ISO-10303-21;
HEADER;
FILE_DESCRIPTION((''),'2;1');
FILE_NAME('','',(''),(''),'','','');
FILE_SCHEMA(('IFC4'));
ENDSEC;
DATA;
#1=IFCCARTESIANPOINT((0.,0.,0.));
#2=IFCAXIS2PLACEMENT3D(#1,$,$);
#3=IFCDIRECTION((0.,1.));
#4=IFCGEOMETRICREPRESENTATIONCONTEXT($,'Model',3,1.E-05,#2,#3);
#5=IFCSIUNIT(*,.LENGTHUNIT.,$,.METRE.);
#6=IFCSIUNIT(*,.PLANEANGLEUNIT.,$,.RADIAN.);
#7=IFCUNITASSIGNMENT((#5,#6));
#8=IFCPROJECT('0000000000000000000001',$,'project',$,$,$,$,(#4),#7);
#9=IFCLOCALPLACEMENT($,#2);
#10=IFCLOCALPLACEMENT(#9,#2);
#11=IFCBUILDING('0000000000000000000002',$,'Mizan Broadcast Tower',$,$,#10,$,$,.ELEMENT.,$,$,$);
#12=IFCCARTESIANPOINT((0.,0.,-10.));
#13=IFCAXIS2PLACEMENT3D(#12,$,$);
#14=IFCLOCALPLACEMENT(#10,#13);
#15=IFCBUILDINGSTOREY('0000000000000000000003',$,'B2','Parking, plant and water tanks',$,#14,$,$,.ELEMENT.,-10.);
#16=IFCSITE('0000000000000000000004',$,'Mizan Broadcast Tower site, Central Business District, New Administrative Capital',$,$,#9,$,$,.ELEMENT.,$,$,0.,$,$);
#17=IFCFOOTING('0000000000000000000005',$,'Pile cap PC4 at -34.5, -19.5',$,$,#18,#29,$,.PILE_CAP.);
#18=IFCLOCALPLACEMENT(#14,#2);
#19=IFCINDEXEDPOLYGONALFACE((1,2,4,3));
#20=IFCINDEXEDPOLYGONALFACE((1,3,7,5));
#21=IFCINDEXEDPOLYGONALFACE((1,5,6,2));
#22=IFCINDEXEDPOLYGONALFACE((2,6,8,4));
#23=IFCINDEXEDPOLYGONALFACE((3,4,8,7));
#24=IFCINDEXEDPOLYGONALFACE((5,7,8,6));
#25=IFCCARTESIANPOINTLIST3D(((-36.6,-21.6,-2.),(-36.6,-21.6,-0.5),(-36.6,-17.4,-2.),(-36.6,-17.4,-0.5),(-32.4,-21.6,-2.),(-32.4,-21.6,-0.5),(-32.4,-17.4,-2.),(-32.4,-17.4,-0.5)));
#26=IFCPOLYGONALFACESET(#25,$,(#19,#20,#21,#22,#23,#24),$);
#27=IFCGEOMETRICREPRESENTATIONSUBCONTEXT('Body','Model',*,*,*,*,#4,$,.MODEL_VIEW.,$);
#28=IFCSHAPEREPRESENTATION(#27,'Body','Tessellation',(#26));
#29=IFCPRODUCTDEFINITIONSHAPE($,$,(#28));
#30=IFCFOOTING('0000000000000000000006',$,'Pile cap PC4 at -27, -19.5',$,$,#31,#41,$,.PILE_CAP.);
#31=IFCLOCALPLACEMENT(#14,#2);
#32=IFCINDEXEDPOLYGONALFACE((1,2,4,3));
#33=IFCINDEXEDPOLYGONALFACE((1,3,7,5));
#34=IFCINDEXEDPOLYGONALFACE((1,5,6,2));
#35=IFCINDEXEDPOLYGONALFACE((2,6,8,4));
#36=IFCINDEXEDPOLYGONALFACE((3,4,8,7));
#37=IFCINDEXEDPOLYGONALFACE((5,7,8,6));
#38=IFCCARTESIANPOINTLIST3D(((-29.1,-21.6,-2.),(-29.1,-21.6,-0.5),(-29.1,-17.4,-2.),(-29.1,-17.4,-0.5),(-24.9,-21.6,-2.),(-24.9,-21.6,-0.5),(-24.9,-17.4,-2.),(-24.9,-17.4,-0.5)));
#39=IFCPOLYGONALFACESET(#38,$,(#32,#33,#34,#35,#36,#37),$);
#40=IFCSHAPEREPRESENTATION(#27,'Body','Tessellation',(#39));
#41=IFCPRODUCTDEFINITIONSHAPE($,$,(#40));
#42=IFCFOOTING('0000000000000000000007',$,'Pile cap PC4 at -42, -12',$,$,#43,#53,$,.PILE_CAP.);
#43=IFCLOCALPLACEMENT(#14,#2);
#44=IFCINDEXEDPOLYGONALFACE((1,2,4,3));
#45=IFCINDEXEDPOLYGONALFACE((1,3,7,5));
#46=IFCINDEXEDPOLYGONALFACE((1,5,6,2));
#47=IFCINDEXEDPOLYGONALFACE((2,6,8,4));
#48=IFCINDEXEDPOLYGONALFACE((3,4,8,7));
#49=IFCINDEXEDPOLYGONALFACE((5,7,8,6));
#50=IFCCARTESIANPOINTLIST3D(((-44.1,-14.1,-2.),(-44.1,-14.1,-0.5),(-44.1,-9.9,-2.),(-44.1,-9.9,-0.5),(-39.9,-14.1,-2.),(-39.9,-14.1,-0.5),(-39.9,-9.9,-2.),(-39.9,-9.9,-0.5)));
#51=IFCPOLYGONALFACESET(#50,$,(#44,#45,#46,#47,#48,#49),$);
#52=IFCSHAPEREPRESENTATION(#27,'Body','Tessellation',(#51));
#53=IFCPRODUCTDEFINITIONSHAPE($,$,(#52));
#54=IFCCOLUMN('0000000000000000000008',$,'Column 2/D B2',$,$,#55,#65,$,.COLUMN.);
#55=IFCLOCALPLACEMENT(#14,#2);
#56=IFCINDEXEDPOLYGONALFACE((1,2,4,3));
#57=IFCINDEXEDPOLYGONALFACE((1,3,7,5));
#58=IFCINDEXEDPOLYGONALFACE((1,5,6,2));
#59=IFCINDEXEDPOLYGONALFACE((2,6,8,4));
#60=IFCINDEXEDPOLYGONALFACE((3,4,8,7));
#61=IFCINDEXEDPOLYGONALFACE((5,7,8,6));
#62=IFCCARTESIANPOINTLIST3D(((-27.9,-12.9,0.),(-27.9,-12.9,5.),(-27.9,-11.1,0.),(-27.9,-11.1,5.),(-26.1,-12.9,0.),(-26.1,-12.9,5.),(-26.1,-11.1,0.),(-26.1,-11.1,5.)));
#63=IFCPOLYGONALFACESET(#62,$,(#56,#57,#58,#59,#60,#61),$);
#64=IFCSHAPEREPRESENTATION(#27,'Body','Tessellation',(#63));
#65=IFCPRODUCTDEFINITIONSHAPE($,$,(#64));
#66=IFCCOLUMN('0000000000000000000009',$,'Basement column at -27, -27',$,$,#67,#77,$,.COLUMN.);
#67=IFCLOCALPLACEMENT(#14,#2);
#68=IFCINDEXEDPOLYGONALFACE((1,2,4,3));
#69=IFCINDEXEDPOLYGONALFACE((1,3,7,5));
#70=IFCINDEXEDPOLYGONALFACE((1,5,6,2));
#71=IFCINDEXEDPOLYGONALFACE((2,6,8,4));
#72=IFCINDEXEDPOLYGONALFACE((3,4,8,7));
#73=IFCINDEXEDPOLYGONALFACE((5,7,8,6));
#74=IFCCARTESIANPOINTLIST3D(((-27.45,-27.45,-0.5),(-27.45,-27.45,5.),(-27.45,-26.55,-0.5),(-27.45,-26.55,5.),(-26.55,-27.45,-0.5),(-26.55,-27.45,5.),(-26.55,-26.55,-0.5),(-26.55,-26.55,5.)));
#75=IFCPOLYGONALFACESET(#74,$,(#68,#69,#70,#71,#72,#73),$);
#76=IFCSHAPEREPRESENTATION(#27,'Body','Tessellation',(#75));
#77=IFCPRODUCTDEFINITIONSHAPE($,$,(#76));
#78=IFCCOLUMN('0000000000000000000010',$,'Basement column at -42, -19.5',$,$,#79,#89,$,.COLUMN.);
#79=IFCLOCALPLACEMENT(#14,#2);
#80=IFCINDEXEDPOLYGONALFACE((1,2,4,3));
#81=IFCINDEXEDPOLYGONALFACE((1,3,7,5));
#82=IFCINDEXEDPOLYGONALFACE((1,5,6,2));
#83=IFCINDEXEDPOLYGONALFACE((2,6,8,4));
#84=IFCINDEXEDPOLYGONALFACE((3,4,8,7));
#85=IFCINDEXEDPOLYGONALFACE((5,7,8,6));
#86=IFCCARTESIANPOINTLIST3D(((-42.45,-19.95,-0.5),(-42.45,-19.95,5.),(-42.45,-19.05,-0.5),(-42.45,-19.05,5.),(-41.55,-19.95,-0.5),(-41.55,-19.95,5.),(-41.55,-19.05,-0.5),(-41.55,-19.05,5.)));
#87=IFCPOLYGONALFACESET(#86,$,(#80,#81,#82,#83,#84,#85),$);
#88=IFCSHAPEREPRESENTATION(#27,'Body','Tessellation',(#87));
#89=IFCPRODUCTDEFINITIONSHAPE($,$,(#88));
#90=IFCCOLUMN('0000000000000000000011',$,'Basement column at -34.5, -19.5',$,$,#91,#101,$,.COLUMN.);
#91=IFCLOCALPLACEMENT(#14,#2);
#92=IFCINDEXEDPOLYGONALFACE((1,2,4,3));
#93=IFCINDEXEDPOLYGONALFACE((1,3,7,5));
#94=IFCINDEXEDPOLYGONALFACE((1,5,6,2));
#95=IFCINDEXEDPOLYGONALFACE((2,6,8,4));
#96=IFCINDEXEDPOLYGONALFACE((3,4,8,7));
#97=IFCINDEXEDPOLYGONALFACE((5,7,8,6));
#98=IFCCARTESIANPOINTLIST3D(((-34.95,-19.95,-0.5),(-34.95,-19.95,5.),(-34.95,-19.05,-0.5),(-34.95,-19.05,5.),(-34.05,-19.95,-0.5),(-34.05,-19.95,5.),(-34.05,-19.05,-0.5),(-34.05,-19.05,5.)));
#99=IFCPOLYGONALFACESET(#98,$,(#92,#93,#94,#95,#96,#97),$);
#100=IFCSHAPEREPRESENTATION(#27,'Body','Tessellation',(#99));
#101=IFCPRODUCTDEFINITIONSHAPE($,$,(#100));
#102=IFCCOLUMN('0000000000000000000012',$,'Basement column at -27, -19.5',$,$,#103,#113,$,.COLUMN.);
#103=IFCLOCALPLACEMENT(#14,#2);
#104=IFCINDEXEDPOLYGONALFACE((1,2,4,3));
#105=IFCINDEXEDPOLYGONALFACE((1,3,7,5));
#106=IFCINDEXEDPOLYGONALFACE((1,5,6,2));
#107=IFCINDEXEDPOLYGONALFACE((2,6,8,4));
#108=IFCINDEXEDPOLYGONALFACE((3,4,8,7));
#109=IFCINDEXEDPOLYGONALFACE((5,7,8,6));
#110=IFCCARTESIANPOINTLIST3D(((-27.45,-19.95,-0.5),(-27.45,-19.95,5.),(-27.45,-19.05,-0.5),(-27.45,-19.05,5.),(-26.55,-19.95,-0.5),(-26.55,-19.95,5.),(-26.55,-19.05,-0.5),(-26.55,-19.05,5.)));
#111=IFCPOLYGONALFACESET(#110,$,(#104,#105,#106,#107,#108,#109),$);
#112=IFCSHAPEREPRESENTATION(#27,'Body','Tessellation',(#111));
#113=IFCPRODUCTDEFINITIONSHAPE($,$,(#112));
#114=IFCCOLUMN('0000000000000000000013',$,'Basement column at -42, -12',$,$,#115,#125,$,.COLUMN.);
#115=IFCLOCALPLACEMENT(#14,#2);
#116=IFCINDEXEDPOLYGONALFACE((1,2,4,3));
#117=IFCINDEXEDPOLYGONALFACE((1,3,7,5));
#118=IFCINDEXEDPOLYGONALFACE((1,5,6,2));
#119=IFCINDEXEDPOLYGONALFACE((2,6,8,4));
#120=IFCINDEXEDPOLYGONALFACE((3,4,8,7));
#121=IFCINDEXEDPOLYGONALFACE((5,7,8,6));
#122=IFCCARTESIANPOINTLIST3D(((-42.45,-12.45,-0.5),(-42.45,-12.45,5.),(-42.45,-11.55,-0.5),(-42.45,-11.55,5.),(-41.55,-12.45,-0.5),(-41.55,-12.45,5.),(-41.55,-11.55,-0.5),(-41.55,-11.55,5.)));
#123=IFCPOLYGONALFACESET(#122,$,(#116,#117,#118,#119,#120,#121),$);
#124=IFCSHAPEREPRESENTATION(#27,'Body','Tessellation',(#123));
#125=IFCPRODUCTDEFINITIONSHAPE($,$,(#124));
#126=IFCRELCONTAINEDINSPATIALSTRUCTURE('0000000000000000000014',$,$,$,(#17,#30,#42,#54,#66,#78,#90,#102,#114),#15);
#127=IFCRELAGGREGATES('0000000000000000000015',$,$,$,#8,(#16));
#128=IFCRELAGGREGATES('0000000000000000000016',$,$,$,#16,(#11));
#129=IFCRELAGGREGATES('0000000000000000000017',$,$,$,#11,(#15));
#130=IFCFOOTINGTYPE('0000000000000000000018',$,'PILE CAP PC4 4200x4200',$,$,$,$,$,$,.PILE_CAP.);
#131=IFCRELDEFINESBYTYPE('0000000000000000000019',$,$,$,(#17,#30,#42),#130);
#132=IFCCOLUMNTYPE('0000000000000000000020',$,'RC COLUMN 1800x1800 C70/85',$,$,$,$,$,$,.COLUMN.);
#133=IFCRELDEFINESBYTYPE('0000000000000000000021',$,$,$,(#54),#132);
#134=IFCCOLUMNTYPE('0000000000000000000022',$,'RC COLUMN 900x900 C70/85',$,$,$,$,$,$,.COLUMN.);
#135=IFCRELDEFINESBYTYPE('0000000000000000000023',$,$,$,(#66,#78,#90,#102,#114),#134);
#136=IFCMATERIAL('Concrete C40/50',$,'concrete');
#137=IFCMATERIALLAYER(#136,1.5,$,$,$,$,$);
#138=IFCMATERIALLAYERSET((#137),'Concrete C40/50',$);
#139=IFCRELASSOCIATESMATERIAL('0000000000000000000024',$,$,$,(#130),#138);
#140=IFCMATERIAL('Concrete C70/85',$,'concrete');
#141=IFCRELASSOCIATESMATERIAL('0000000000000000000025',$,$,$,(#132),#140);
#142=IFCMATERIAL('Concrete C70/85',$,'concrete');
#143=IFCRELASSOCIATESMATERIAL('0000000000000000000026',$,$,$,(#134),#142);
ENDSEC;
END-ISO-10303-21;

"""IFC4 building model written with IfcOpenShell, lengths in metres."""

from ifc_helpers import new_model, si_unit, direction, frame, origin, origin_2d, place, context, subcontext, project, spatial, rectangle, extrude, material, layer, layer_set, material_profile, profile_set, type_object, element, save


model = new_model("IFC4")

# Units and contexts
model_context = context("Model", 3, precision=1e-05, world=origin(), true_north=direction((0.0, 1.0)))
body_context = subcontext(model_context, "Body", "Model", "MODEL_VIEW")
ifc_project = project(units=[si_unit("LENGTHUNIT", "METRE"), si_unit("PLANEANGLEUNIT", "RADIAN")], contexts=[model_context])

# Site, building, storey
site_placement = place(None, origin())
site = spatial("IfcSite", under=ifc_project, at=site_placement, Name="Mizan Broadcast Tower site, Central Business District, New Administrative Capital", CompositionType="ELEMENT", RefElevation=0.0)
building_placement = place(site_placement, origin())
building = spatial("IfcBuilding", under=site, at=building_placement, Name="Mizan Broadcast Tower", CompositionType="ELEMENT")
storey_placement = place(building_placement, frame((0.0, 0.0, -10.0)))
storey = spatial("IfcBuildingStorey", under=building, at=storey_placement, Name="B2", Description="Parking, plant and water tanks", CompositionType="ELEMENT", Elevation=-10.0)

# Footings
ifc_material_1 = material(Name="Concrete C40/50", Category="concrete")
ifc_layer = layer(ifc_material_1, 1.5)
ifc_layer_set = layer_set([ifc_layer], Name="Concrete C40/50")
footing_type = type_object("IfcFootingType", Name="PILE CAP PC4 4200x4200", PredefinedType="PILE_CAP", material=ifc_layer_set)
for number, where, z_axis, x_axis, name in (
    (1, (-34.5, -19.5, -2.0), (0.0, 0.0, 1.0), (1.0, 0.0, 0.0), "Pile cap PC4 at -34.5, -19.5"),
    (2, (-27.0, -19.5, -2.0), (0.0, 0.0, 1.0), (1.0, 0.0, 0.0), "Pile cap PC4 at -27, -19.5"),
    (3, (-42.0, -12.0, -2.0), (0.0, 0.0, 1.0), (1.0, 0.0, 0.0), "Pile cap PC4 at -42, -12"),
):
    element("IfcFooting", number, at=place(storey_placement, frame(where, z_axis=z_axis, x_axis=x_axis)), inside=storey, type_object=footing_type, Name=name, PredefinedType="PILE_CAP", context=body_context, shape_type="SweptSolid", body=[
        extrude(rectangle(XDim=4.2, YDim=4.2, at=origin_2d()), origin(), (0.0, 0.0, 1.0), 1.5),
    ])

# Columns
ifc_material_2 = material(Name="Concrete C70/85", Category="concrete")
ifc_material_profile_1 = material_profile(ifc_material_2, rectangle(XDim=1.8, YDim=1.8, at=origin_2d()), Name="RC 1800x1800")
ifc_profile_set_1 = profile_set([ifc_material_profile_1], Name="Concrete C70/85")
column_type_1 = type_object("IfcColumnType", Name="RC COLUMN 1800x1800 C70/85", PredefinedType="COLUMN", material=ifc_profile_set_1)
column_placement = place(storey_placement, frame((-27.0, -12.0, 0.0), z_axis=(0.0, 0.0, 1.0), x_axis=(1.0, 0.0, 0.0)))
element("IfcColumn", 4, at=column_placement, inside=storey, type_object=column_type_1, Name="Column 2/D B2", PredefinedType="COLUMN", context=body_context, shape_type="SweptSolid", body=[
    extrude(rectangle(XDim=1.8, YDim=1.8, at=origin_2d()), origin(), (0.0, 0.0, 1.0), 5.0),
])
ifc_material_3 = material(Name="Concrete C70/85", Category="concrete")
ifc_material_profile_2 = material_profile(ifc_material_3, rectangle(XDim=0.8999, YDim=0.8999, at=origin_2d()), Name="RC 900x900")
ifc_profile_set_2 = profile_set([ifc_material_profile_2], Name="Concrete C70/85")
column_type_2 = type_object("IfcColumnType", Name="RC COLUMN 900x900 C70/85", PredefinedType="COLUMN", material=ifc_profile_set_2)
for number, where, z_axis, x_axis, name in (
    (5, (-27.0, -27.0, -0.5), (0.0, 0.0, 1.0), (1.0, 0.0, 0.0), "Basement column at -27, -27"),
    (6, (-42.0, -19.5, -0.5), (0.0, 0.0, 1.0), (1.0, 0.0, 0.0), "Basement column at -42, -19.5"),
    (7, (-34.5, -19.5, -0.5), (0.0, 0.0, 1.0), (1.0, 0.0, 0.0), "Basement column at -34.5, -19.5"),
    (8, (-27.0, -19.5, -0.5), (0.0, 0.0, 1.0), (1.0, 0.0, 0.0), "Basement column at -27, -19.5"),
    (9, (-42.0, -12.0, -0.5), (0.0, 0.0, 1.0), (1.0, 0.0, 0.0), "Basement column at -42, -12"),
):
    element("IfcColumn", number, at=place(storey_placement, frame(where, z_axis=z_axis, x_axis=x_axis)), inside=storey, type_object=column_type_2, Name=name, PredefinedType="COLUMN", context=body_context, shape_type="SweptSolid", body=[
        extrude(rectangle(XDim=0.8999, YDim=0.8999, at=origin_2d()), origin(), (0.0, 0.0, 1.0), 5.5),
    ])

save(model, "model.ifc")
